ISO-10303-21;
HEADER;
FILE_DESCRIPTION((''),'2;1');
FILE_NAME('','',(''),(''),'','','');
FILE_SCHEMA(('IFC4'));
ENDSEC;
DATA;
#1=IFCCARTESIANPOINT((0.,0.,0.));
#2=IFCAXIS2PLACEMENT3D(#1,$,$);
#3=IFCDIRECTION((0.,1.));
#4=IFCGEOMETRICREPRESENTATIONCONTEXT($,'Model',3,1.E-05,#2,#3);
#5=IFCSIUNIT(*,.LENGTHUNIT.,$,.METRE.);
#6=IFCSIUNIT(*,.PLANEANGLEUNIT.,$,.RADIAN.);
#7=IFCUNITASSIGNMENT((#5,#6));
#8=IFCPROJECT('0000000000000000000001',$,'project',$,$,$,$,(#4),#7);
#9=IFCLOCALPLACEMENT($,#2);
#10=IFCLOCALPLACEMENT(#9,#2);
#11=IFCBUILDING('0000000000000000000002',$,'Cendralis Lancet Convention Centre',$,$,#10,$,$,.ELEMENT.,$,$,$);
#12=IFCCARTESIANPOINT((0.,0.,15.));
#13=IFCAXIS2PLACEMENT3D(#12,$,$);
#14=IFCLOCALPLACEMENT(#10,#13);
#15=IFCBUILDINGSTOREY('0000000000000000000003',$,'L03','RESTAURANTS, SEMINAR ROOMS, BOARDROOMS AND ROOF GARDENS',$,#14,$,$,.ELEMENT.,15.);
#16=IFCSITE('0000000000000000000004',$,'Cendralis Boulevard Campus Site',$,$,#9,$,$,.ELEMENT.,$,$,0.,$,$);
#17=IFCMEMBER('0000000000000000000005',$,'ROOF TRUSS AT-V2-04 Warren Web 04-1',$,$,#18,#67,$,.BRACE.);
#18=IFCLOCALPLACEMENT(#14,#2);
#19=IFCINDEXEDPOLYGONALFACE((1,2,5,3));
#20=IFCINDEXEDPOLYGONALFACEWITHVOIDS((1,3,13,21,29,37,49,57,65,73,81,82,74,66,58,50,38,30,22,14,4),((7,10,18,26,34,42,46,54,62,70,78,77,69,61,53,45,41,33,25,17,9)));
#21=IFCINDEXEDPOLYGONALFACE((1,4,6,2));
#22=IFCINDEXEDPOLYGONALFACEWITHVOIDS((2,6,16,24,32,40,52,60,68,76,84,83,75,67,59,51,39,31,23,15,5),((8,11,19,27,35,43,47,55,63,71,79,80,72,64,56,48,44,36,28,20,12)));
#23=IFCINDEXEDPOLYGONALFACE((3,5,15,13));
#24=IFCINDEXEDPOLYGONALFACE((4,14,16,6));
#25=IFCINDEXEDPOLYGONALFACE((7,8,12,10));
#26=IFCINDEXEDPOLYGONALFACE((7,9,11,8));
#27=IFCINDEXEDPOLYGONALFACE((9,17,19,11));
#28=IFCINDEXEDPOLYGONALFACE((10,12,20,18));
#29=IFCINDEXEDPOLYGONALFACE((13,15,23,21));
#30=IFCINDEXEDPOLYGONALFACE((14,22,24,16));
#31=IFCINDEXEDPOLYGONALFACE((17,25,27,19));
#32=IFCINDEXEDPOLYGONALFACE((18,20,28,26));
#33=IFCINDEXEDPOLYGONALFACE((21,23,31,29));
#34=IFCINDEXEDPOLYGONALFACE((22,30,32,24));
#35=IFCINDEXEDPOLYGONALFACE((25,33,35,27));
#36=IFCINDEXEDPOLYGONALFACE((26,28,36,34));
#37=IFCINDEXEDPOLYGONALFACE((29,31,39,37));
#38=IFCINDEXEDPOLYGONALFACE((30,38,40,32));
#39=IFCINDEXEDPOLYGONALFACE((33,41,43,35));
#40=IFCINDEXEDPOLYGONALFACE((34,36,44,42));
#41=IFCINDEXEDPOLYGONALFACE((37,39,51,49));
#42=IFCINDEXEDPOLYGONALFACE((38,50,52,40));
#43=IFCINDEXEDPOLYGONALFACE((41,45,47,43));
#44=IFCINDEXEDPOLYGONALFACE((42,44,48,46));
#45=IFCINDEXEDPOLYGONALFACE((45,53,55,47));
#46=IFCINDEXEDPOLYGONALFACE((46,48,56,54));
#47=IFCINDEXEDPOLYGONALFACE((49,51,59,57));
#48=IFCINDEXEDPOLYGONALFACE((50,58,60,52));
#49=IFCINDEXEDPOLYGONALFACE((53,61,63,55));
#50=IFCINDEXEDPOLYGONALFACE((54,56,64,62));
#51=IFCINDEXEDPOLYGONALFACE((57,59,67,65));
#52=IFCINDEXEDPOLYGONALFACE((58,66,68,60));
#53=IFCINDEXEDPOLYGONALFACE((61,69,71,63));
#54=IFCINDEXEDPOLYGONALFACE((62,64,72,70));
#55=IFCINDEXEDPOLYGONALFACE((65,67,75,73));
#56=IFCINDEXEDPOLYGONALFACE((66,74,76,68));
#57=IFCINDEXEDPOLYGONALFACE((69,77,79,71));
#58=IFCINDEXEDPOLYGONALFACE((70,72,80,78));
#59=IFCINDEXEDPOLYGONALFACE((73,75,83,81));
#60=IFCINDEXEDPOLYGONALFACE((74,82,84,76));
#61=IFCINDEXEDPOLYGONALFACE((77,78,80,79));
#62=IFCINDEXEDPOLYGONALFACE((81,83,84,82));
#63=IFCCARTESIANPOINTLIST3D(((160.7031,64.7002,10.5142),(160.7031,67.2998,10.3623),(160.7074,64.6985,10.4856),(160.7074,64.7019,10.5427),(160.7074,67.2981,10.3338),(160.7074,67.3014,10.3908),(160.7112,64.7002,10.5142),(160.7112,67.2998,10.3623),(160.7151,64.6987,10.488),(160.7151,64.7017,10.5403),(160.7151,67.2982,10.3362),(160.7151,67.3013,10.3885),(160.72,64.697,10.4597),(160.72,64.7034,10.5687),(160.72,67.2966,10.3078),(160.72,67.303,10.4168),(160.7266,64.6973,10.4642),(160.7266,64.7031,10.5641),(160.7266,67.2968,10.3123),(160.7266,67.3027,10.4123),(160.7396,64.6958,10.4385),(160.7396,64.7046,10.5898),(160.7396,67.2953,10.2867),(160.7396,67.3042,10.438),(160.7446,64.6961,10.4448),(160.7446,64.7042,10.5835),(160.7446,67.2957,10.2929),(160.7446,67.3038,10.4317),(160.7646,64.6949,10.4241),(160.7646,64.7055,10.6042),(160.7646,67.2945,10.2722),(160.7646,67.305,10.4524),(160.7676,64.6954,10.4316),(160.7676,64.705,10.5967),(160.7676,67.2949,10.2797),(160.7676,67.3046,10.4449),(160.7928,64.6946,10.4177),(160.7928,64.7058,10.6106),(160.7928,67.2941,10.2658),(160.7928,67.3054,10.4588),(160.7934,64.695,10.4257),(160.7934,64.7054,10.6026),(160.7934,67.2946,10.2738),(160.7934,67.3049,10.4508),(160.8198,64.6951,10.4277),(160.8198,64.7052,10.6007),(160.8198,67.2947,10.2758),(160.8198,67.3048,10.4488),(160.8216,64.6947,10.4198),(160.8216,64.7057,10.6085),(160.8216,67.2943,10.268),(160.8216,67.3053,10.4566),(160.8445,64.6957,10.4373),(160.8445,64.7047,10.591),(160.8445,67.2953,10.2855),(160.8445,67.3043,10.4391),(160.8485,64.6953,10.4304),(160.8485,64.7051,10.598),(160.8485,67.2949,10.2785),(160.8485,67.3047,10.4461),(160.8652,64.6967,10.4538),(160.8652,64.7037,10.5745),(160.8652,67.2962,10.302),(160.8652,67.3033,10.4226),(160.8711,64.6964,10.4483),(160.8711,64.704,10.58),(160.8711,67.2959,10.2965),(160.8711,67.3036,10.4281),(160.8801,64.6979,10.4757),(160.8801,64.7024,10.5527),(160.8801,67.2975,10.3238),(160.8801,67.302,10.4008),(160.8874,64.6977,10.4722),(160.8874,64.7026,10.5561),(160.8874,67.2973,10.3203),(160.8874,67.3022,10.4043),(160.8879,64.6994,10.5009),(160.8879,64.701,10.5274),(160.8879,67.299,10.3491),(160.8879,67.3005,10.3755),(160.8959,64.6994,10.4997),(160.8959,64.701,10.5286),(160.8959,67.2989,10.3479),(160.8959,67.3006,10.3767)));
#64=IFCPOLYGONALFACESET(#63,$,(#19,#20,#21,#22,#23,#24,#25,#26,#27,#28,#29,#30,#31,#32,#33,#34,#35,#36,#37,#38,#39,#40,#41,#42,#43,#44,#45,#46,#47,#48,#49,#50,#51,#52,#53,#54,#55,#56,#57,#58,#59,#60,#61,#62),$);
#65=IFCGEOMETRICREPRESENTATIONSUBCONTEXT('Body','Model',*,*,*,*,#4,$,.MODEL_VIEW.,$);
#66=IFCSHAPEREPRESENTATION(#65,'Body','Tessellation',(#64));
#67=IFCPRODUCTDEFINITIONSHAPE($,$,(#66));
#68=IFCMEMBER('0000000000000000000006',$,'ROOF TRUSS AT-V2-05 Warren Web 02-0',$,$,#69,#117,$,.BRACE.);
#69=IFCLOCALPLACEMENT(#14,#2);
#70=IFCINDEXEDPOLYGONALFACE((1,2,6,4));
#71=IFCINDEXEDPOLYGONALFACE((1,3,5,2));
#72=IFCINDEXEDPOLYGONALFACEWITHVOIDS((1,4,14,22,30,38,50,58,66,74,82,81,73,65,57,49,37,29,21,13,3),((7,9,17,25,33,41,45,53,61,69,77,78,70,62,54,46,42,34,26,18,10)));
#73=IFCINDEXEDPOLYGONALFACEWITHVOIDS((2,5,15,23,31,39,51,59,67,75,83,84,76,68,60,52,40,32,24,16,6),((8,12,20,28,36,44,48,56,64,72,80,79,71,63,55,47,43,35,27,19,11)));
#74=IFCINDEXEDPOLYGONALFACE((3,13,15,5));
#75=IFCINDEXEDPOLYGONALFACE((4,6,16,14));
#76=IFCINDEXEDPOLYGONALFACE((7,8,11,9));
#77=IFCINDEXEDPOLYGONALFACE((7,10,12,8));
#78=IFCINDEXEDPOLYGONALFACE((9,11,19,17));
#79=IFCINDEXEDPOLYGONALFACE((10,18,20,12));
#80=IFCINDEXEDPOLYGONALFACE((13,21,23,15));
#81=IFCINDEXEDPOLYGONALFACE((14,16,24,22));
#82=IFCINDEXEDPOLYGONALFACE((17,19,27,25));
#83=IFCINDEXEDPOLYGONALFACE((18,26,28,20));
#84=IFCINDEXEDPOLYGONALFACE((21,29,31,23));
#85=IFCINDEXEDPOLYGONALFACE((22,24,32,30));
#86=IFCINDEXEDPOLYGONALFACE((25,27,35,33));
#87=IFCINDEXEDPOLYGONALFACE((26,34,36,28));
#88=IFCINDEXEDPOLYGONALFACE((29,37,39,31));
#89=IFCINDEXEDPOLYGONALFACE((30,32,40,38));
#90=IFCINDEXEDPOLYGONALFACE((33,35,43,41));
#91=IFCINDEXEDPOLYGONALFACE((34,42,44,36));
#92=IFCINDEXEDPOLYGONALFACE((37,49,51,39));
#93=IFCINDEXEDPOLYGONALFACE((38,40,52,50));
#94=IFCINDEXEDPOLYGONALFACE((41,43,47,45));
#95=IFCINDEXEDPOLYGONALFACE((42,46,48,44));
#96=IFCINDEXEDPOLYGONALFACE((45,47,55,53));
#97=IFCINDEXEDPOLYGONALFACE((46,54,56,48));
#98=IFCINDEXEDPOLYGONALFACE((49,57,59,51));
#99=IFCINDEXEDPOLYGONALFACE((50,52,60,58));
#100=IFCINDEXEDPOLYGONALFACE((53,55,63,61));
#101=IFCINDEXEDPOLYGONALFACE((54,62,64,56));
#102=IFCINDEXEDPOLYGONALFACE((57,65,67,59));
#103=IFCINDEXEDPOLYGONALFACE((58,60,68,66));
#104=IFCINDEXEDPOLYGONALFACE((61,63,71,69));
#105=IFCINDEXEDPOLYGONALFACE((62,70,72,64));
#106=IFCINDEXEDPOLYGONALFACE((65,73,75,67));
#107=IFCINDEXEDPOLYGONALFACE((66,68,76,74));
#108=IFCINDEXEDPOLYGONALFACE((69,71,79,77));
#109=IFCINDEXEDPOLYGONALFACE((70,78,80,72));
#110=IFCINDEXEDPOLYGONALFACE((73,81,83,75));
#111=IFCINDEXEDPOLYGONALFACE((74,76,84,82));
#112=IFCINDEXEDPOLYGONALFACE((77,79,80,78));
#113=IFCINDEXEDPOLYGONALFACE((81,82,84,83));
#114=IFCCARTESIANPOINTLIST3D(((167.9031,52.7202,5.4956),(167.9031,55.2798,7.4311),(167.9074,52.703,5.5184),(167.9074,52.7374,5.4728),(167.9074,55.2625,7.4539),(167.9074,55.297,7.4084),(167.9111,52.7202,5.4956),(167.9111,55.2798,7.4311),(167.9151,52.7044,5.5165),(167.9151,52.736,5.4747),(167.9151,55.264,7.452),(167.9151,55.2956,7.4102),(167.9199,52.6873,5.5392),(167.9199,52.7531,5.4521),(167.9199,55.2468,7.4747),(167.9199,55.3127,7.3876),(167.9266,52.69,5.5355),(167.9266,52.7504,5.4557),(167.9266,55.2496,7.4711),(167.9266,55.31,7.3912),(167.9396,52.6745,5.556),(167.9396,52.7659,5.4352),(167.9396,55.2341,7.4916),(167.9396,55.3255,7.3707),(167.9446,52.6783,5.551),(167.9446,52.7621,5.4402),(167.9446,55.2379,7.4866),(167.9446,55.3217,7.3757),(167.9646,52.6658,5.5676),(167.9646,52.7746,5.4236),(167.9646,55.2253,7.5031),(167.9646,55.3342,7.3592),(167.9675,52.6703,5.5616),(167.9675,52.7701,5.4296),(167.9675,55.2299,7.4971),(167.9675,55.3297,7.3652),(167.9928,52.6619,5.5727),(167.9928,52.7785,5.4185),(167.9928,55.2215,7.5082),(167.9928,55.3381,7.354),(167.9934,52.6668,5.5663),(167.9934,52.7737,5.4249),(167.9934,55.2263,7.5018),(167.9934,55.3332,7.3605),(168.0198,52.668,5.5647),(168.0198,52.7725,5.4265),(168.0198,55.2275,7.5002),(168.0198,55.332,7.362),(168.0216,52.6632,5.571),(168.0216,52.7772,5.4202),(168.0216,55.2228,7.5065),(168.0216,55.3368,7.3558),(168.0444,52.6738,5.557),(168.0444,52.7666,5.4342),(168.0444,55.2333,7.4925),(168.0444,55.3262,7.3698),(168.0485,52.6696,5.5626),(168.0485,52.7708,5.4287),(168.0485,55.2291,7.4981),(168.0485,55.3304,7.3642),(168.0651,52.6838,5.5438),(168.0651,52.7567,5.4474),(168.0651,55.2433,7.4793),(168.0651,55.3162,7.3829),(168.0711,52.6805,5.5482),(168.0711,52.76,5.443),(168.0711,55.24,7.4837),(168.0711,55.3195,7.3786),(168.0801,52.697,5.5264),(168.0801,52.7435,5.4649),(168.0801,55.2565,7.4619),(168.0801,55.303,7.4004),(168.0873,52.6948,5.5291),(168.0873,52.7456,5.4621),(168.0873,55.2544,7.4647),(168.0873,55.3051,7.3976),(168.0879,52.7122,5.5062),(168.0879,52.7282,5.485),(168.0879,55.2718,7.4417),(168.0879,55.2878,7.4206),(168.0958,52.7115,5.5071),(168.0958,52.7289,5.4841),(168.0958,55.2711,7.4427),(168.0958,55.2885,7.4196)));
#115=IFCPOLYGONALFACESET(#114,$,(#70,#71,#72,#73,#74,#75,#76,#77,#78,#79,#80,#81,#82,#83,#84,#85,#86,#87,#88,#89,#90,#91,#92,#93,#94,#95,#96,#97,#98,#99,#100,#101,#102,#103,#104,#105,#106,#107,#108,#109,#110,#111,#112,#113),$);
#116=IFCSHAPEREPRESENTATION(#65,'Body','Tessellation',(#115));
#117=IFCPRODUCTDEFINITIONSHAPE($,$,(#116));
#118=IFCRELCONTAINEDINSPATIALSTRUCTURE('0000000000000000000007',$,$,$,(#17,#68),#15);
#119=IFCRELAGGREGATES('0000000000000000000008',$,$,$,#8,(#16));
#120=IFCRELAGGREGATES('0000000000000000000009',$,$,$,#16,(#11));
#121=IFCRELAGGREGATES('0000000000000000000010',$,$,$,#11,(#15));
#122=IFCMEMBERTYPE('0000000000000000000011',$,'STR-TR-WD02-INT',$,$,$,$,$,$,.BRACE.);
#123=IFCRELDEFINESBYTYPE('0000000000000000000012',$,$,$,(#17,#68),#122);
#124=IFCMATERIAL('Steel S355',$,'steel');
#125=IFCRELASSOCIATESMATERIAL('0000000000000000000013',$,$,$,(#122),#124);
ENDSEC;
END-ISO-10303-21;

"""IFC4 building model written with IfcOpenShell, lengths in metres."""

from ifc_helpers import new_model, si_unit, direction, frame, origin, origin_2d, place, context, subcontext, project, spatial, hollow_circle, extrude, material, material_profile, profile_set, type_object, element, save


model = new_model("IFC4")

# Units and contexts
model_context = context("Model", 3, precision=1e-05, world=origin(), true_north=direction((0.0, 1.0)))
body_context = subcontext(model_context, "Body", "Model", "MODEL_VIEW")
ifc_project = project(units=[si_unit("LENGTHUNIT", "METRE"), si_unit("PLANEANGLEUNIT", "RADIAN")], contexts=[model_context])

# Site, building, storey
site_placement = place(None, origin())
site = spatial("IfcSite", under=ifc_project, at=site_placement, Name="Cendralis Boulevard Campus Site", CompositionType="ELEMENT", RefElevation=0.0)
building_placement = place(site_placement, origin())
building = spatial("IfcBuilding", under=site, at=building_placement, Name="Cendralis Lancet Convention Centre", CompositionType="ELEMENT")
storey_placement = place(building_placement, frame((0.0, 0.0, 15.0)))
storey = spatial("IfcBuildingStorey", under=building, at=storey_placement, Name="L03", Description="RESTAURANTS, SEMINAR ROOMS, BOARDROOMS AND ROOF GARDENS", CompositionType="ELEMENT", Elevation=15.0)

# Members
ifc_material = material(Name="Steel S355", Category="steel")
ifc_material_profile_1 = material_profile(ifc_material, hollow_circle(Radius=0.0969, WallThickness=0.0081, at=origin_2d()), Name="CHS 193.7x8.0")
ifc_profile_set_1 = profile_set([ifc_material_profile_1], Name="Steel S355")
member_type_1 = type_object("IfcMemberType", Name="STR-TR-WD02-INT", PredefinedType="BRACE", material=ifc_profile_set_1)
member_1_placement = place(storey_placement, frame((160.8, 64.7002, 10.5142), z_axis=(0.0, 0.998298, -0.058315), x_axis=(-1.0, 0.0, 0.0)))
element("IfcMember", 1, at=member_1_placement, inside=storey, type_object=member_type_1, Name="ROOF TRUSS AT-V2-04 Warren Web 04-1", PredefinedType="BRACE", context=body_context, shape_type="SweptSolid", body=[
    extrude(hollow_circle(Radius=0.0969, WallThickness=0.0081, at=origin_2d()), origin(), (0.0, 0.0, 1.0), 2.604),
])
member_2_placement = place(storey_placement, frame((168.0, 52.7202, 5.4956), z_axis=(0.0, 0.79762, 0.60316), x_axis=(-1.0, 0.0, 0.0)))
element("IfcMember", 2, at=member_2_placement, inside=storey, type_object=member_type_1, Name="ROOF TRUSS AT-V2-05 Warren Web 02-0", PredefinedType="BRACE", context=body_context, shape_type="SweptSolid", body=[
    extrude(hollow_circle(Radius=0.0969, WallThickness=0.0081, at=origin_2d()), origin(), (0.0, 0.0, 1.0), 3.209),
])

save(model, "model.ifc")
